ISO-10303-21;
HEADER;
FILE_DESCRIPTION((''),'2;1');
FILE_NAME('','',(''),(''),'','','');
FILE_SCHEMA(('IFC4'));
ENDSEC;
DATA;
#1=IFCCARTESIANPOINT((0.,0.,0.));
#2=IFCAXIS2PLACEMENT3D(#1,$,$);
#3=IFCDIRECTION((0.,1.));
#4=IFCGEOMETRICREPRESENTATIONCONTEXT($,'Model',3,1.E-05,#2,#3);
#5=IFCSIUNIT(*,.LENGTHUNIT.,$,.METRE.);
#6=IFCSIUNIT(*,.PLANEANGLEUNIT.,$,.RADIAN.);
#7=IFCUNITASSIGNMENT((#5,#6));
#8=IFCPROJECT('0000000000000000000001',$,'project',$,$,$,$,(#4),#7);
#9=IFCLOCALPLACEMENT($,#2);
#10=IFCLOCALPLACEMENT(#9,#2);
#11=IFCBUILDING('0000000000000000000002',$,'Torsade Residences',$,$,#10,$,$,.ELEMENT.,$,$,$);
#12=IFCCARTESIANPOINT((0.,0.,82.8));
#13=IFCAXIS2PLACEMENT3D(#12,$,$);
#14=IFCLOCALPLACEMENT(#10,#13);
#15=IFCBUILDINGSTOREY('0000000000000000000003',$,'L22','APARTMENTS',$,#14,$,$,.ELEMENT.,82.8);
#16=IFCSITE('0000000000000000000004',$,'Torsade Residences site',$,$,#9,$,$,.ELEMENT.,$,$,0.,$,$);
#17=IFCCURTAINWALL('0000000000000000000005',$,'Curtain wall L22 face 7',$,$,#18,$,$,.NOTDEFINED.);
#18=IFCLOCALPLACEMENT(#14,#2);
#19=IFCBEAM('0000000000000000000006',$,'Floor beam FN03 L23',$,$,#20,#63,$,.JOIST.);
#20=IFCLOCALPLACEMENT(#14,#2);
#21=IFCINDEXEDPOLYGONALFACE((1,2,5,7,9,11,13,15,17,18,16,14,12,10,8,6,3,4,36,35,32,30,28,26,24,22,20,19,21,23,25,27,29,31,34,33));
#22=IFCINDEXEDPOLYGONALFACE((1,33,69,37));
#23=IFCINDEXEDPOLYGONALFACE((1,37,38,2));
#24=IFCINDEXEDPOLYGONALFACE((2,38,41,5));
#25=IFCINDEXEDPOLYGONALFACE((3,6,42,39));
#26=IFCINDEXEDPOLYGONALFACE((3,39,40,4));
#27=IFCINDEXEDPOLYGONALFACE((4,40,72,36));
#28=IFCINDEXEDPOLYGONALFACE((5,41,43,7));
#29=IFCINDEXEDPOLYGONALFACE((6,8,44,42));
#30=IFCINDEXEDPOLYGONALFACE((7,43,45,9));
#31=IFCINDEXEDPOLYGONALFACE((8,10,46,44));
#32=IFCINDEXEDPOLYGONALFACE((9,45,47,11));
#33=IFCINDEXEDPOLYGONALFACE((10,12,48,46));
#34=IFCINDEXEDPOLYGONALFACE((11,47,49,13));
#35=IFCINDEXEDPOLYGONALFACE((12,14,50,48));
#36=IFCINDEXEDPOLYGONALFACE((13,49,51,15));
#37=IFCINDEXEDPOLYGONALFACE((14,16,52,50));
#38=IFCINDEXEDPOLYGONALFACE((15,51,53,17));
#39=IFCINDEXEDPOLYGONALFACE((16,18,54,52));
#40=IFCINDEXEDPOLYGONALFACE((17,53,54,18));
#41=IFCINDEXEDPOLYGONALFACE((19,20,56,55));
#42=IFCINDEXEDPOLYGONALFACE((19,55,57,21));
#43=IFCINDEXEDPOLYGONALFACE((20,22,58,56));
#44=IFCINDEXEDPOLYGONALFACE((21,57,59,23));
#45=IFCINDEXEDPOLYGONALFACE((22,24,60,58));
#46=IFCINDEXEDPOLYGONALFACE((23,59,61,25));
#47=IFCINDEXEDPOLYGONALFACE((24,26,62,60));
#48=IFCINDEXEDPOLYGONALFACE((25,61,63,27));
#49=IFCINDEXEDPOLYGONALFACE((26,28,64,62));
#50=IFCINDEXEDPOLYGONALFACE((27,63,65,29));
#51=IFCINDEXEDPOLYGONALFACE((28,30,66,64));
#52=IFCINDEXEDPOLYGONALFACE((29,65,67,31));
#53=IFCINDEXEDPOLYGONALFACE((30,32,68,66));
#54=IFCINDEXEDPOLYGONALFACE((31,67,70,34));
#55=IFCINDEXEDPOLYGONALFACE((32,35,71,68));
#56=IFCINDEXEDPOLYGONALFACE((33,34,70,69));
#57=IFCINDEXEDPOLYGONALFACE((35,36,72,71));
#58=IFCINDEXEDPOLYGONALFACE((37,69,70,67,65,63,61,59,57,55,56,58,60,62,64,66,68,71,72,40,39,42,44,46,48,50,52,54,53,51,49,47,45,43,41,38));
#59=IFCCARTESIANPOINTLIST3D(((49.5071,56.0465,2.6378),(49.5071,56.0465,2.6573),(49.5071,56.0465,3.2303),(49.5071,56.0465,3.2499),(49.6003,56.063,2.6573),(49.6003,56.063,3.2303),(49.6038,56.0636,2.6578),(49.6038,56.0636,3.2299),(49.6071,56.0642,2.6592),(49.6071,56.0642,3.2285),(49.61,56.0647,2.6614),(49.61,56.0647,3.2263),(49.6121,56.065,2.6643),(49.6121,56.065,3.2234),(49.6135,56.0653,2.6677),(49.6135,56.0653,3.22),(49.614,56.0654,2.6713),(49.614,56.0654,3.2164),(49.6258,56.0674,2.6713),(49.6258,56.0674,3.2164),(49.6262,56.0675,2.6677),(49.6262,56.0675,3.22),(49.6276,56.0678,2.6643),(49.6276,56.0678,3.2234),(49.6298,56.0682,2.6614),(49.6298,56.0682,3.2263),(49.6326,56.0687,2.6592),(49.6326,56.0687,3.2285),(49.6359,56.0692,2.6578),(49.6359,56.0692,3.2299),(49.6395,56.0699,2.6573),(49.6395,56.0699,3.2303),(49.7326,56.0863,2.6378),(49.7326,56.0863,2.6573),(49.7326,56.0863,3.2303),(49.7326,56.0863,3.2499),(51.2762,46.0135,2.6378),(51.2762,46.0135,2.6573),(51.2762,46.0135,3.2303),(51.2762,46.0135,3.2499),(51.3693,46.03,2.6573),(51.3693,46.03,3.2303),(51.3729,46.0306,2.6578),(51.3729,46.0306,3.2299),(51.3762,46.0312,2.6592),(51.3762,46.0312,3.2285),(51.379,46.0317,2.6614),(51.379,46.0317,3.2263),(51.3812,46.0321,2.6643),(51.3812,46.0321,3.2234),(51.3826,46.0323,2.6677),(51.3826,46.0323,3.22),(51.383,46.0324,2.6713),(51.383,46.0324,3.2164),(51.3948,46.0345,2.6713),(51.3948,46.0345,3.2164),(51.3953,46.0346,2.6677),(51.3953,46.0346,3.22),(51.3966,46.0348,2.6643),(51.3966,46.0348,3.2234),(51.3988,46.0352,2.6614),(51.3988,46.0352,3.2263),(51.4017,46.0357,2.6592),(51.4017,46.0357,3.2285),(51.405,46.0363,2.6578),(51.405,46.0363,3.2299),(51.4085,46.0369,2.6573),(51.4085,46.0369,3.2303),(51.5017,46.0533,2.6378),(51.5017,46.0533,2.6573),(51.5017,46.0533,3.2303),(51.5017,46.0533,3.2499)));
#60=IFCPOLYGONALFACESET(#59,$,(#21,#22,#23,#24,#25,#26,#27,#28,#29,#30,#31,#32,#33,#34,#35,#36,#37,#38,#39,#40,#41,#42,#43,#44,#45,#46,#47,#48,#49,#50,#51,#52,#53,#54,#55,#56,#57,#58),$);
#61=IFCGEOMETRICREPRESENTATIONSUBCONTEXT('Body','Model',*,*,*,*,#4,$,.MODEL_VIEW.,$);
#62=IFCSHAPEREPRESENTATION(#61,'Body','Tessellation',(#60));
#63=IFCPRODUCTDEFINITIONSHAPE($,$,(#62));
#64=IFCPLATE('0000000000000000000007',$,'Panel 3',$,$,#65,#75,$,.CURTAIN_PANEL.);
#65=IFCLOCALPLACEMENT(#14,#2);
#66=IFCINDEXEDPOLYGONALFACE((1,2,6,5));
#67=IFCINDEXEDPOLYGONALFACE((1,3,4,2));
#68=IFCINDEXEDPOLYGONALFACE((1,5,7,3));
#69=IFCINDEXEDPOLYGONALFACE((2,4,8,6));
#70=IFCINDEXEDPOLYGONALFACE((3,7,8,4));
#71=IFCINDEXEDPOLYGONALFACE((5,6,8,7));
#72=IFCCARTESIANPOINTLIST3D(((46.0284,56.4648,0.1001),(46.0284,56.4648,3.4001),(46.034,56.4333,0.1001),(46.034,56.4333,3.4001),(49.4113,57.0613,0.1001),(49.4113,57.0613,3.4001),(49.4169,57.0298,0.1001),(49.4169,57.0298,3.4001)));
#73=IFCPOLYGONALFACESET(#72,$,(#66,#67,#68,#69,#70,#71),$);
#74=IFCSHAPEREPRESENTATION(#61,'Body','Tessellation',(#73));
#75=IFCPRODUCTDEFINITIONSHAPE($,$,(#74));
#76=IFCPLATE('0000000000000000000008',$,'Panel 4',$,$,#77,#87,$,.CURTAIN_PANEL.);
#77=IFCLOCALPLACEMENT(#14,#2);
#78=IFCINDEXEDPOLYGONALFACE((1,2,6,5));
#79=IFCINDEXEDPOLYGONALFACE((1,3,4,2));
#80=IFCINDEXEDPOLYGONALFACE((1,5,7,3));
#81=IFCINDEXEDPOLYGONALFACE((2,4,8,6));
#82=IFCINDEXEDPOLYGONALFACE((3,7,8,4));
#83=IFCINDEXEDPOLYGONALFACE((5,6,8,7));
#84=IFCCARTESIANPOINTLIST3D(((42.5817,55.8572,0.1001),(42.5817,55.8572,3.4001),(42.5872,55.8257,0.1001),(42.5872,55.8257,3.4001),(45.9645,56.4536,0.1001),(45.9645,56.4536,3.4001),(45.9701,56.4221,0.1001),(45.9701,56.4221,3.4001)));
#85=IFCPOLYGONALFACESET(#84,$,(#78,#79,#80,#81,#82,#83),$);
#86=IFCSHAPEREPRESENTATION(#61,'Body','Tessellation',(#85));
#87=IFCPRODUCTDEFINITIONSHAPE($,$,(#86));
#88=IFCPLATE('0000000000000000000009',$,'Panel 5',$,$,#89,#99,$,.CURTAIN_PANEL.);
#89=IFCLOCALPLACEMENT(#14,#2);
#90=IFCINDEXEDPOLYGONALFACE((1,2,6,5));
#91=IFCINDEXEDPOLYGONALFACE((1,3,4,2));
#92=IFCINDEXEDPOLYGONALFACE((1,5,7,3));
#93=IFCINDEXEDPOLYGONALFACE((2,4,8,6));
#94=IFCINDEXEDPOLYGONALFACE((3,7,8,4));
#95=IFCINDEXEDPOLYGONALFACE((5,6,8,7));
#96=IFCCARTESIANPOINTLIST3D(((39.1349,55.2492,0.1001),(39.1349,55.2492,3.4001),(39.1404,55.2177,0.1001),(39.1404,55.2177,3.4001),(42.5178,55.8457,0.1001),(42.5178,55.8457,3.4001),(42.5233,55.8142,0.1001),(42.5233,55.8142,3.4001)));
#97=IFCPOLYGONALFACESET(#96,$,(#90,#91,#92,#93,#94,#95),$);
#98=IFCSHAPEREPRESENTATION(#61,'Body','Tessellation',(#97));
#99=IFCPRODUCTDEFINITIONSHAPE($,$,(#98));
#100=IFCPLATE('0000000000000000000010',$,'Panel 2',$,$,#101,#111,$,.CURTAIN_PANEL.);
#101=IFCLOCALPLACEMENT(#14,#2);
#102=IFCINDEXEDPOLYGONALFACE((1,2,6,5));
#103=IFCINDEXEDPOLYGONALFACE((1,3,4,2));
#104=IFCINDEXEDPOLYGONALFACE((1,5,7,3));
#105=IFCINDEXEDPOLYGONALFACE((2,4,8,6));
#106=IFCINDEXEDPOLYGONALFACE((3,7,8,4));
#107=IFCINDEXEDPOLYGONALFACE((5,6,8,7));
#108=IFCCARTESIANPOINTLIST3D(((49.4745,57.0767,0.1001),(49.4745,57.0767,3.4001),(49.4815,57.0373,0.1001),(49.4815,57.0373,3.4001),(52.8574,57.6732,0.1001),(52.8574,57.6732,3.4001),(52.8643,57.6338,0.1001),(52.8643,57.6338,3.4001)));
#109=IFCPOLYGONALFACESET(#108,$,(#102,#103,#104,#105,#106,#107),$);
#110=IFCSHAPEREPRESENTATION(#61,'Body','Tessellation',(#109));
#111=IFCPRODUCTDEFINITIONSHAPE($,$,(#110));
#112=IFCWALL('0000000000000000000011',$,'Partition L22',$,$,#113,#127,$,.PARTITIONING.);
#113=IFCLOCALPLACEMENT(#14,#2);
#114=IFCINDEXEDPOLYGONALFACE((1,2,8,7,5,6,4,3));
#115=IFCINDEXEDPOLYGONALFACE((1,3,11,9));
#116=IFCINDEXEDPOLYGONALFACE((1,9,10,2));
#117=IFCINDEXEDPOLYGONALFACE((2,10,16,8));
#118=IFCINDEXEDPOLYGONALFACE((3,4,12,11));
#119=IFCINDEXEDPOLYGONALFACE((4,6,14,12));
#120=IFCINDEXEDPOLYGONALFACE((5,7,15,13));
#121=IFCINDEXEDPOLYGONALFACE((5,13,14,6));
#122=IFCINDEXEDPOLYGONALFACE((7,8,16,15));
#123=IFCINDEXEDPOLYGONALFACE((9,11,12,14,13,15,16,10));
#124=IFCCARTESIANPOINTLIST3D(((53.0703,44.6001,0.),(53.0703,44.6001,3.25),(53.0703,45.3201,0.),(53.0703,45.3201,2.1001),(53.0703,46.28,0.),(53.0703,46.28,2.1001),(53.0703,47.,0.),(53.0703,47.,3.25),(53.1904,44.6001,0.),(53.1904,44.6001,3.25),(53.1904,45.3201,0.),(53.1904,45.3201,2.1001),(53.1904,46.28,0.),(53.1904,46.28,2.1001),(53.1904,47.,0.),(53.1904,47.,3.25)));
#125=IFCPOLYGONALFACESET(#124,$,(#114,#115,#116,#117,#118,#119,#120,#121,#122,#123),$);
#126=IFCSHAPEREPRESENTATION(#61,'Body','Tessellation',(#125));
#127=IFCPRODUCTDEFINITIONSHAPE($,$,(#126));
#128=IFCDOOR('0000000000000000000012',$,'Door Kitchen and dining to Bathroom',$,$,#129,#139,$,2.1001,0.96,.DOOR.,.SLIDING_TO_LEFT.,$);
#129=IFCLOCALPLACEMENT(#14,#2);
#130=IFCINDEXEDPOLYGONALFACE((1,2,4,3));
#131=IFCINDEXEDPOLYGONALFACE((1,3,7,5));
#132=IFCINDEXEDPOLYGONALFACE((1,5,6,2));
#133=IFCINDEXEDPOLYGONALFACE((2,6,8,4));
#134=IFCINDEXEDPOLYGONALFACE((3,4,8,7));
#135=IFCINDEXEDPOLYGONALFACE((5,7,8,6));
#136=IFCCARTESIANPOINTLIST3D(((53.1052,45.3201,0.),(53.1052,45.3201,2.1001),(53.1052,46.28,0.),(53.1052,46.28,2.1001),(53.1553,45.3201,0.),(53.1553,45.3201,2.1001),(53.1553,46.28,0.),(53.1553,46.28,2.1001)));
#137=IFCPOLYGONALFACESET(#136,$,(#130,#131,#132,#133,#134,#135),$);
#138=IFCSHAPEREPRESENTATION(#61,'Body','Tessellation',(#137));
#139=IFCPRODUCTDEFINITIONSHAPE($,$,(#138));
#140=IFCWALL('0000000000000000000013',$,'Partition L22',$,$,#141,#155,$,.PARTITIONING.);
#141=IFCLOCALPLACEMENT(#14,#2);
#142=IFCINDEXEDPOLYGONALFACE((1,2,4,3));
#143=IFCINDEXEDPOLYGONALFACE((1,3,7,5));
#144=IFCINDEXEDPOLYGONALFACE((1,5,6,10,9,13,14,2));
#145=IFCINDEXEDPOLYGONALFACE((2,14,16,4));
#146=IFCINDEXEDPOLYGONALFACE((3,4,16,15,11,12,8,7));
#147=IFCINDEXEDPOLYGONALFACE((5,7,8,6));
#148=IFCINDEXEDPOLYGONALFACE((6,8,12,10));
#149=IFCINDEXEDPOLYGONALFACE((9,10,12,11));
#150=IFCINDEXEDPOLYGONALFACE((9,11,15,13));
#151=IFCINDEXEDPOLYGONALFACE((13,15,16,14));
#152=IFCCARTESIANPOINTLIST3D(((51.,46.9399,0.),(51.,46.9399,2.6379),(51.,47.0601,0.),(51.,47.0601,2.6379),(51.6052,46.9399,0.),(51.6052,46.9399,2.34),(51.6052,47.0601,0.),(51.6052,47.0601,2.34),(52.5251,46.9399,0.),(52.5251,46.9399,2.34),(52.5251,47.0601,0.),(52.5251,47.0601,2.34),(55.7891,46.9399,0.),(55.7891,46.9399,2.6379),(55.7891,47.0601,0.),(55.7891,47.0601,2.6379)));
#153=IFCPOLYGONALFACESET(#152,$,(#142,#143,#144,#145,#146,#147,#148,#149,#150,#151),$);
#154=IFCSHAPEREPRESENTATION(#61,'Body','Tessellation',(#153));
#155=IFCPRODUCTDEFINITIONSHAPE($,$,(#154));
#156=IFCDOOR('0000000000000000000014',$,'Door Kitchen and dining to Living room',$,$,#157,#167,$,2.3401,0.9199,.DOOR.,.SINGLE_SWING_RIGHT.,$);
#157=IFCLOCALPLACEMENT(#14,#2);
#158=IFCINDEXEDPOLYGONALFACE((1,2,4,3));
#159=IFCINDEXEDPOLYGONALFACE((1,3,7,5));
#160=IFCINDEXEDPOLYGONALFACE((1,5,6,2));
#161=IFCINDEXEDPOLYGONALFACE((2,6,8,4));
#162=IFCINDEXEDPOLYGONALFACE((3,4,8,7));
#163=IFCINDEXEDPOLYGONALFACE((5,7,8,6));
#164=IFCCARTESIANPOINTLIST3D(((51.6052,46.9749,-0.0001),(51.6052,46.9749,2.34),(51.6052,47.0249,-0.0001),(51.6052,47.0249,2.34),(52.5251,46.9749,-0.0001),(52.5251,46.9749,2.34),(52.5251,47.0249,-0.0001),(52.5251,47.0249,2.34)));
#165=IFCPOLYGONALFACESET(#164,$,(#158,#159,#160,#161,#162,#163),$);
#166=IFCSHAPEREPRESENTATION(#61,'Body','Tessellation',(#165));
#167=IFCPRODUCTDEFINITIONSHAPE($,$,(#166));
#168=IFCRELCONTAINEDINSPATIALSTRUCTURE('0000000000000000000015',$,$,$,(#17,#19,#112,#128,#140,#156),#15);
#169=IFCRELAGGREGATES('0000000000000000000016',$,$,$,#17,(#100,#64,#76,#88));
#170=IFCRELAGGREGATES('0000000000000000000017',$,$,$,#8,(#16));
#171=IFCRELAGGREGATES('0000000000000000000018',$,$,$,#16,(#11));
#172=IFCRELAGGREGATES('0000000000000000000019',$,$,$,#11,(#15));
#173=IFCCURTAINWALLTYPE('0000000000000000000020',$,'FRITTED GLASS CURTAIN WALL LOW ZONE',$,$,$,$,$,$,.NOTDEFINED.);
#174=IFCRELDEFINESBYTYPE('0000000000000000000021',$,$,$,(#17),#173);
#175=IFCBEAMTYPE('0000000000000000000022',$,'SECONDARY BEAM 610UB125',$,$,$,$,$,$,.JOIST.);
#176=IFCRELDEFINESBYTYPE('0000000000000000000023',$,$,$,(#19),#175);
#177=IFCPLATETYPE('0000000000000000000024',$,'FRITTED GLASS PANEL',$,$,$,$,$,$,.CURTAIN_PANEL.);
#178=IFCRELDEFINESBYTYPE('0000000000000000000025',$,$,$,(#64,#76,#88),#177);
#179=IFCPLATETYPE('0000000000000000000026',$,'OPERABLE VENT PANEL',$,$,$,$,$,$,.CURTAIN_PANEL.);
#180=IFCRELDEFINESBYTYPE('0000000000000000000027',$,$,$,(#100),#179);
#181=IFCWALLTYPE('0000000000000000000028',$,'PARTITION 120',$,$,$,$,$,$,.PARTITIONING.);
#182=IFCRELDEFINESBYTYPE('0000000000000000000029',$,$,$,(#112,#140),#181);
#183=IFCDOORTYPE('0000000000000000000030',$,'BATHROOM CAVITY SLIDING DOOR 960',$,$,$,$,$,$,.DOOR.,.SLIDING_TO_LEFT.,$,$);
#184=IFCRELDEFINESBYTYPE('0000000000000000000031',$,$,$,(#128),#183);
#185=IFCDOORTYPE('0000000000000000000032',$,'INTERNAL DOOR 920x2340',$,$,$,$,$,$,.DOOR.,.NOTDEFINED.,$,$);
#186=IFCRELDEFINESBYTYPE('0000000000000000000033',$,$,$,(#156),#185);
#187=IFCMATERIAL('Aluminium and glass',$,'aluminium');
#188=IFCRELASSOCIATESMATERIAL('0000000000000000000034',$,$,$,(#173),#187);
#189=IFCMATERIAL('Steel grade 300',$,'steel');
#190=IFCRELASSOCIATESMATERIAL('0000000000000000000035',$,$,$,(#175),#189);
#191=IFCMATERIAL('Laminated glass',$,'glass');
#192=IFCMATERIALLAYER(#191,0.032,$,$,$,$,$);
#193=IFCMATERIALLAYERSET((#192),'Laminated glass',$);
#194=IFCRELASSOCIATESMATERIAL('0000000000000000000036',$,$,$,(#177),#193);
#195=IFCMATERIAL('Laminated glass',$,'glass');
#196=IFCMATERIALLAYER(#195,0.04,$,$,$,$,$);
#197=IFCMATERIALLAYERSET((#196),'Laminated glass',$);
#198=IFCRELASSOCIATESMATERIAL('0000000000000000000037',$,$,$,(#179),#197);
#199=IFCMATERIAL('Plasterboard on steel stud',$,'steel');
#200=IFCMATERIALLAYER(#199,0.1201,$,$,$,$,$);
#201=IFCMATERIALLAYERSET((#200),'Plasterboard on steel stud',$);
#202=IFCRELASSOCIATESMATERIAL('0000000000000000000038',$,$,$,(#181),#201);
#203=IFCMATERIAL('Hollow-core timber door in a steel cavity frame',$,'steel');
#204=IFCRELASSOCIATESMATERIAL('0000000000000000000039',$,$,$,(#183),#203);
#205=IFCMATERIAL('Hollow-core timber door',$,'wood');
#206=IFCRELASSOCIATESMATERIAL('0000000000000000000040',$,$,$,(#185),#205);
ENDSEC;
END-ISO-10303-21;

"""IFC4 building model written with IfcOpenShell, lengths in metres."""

from ifc_helpers import new_model, si_unit, direction, frame, frame_2d, origin, origin_2d, place, context, subcontext, project, spatial, rectangle, i_section, extrude, material, layer, layer_set, material_profile, profile_set, type_object, element, fill, aggregate, save


model = new_model("IFC4")

# Units and contexts
model_context = context("Model", 3, precision=1e-05, world=origin(), true_north=direction((0.0, 1.0)))
body_context = subcontext(model_context, "Body", "Model", "MODEL_VIEW")
ifc_project = project(units=[si_unit("LENGTHUNIT", "METRE"), si_unit("PLANEANGLEUNIT", "RADIAN")], contexts=[model_context])

# Site, building, storey
site_placement = place(None, origin())
site = spatial("IfcSite", under=ifc_project, at=site_placement, Name="Torsade Residences site", CompositionType="ELEMENT", RefElevation=0.0)
building_placement = place(site_placement, origin())
building = spatial("IfcBuilding", under=site, at=building_placement, Name="Torsade Residences", CompositionType="ELEMENT")
storey_placement = place(building_placement, frame((0.0, 0.0, 82.8)))
storey = spatial("IfcBuildingStorey", under=building, at=storey_placement, Name="L22", Description="APARTMENTS", CompositionType="ELEMENT", Elevation=82.8)

# Curtain wall
ifc_material_1 = material(Name="Aluminium and glass", Category="aluminium")
curtain_wall_type = type_object("IfcCurtainWallType", Name="FRITTED GLASS CURTAIN WALL LOW ZONE", PredefinedType="NOTDEFINED", material=ifc_material_1)
curtain_wall_placement = place(storey_placement, origin())
curtain_wall = element("IfcCurtainWall", 1, at=curtain_wall_placement, inside=storey, type_object=curtain_wall_type, Name="Curtain wall L22 face 7", PredefinedType="NOTDEFINED")

# Beam
ifc_material_2 = material(Name="Steel grade 300", Category="steel")
ifc_material_profile_1 = material_profile(ifc_material_2, i_section(OverallWidth=0.229, OverallDepth=0.6121, WebThickness=0.012, FlangeThickness=0.0195, FilletRadius=0.0139, at=origin_2d()), Name="610UB125")
ifc_profile_set_1 = profile_set([ifc_material_profile_1], Name="Steel grade 300")
beam_type_1 = type_object("IfcBeamType", Name="SECONDARY BEAM 610UB125", PredefinedType="JOIST", material=ifc_profile_set_1)
beam_1_placement = place(storey_placement, frame((49.6199, 56.0664, 2.9438), z_axis=(0.173645, -0.984808, 0.0), x_axis=(0.984808, 0.173645, 0.0)))
element("IfcBeam", 2, at=beam_1_placement, inside=storey, type_object=beam_type_1, Name="Floor beam FN03 L23", PredefinedType="JOIST", context=body_context, shape_type="SweptSolid", body=[
    extrude(i_section(OverallWidth=0.229, OverallDepth=0.6121, WebThickness=0.012, FlangeThickness=0.0195, FilletRadius=0.0139, at=origin_2d()), origin(), (0.0, 0.0, 1.0), 10.1877),
])

# Plates
ifc_material_3 = material(Name="Laminated glass", Category="glass")
ifc_layer_1 = layer(ifc_material_3, 0.032)
ifc_layer_set_1 = layer_set([ifc_layer_1], Name="Laminated glass")
plate_type_1 = type_object("IfcPlateType", Name="FRITTED GLASS PANEL", PredefinedType="CURTAIN_PANEL", material=ifc_layer_set_1)
plate_1_placement = place(storey_placement, frame((47.7227, 56.7473, 0.1001), z_axis=(0.0, 0.0, 1.0), x_axis=(-0.984808, -0.173648, 0.0)))
plate_1 = element("IfcPlate", 3, at=plate_1_placement, type_object=plate_type_1, Name="Panel 3", PredefinedType="CURTAIN_PANEL", context=body_context, shape_type="SweptSolid", body=[
    extrude(rectangle(XDim=3.4351, YDim=0.032, at=origin_2d()), origin(), (0.0, 0.0, 1.0), 3.3),
])
plate_2_placement = place(storey_placement, frame((44.2759, 56.1396, 0.1001), z_axis=(0.0, 0.0, 1.0), x_axis=(-0.984808, -0.173648, 0.0)))
plate_2 = element("IfcPlate", 4, at=plate_2_placement, type_object=plate_type_1, Name="Panel 4", PredefinedType="CURTAIN_PANEL", context=body_context, shape_type="SweptSolid", body=[
    extrude(rectangle(XDim=3.4351, YDim=0.032, at=origin_2d()), origin(), (0.0, 0.0, 1.0), 3.3),
])
plate_3_placement = place(storey_placement, frame((40.8291, 55.5317, 0.1001), z_axis=(0.0, 0.0, 1.0), x_axis=(-0.984808, -0.173648, 0.0)))
plate_3 = element("IfcPlate", 5, at=plate_3_placement, type_object=plate_type_1, Name="Panel 5", PredefinedType="CURTAIN_PANEL", context=body_context, shape_type="SweptSolid", body=[
    extrude(rectangle(XDim=3.4351, YDim=0.032, at=origin_2d()), origin(), (0.0, 0.0, 1.0), 3.3),
])
ifc_material_4 = material(Name="Laminated glass", Category="glass")
ifc_layer_2 = layer(ifc_material_4, 0.04)
ifc_layer_set_2 = layer_set([ifc_layer_2], Name="Laminated glass")
plate_type_2 = type_object("IfcPlateType", Name="OPERABLE VENT PANEL", PredefinedType="CURTAIN_PANEL", material=ifc_layer_set_2)
plate_4_placement = place(storey_placement, frame((51.1694, 57.3552, 0.1001), z_axis=(0.0, 0.0, 1.0), x_axis=(-0.984808, -0.173648, 0.0)))
plate_4 = element("IfcPlate", 6, at=plate_4_placement, type_object=plate_type_2, Name="Panel 2", PredefinedType="CURTAIN_PANEL", context=body_context, shape_type="SweptSolid", body=[
    extrude(rectangle(XDim=3.4351, YDim=0.04, at=origin_2d()), origin(), (0.0, 0.0, 1.0), 3.3),
])
aggregate(curtain_wall, [plate_4, plate_1, plate_2, plate_3])

# Walls, openings, doors
ifc_material_5 = material(Name="Plasterboard on steel stud", Category="steel")
ifc_layer_3 = layer(ifc_material_5, 0.1201)
ifc_layer_set_3 = layer_set([ifc_layer_3], Name="Plasterboard on steel stud")
wall_type_1 = type_object("IfcWallType", Name="PARTITION 120", PredefinedType="PARTITIONING", material=ifc_layer_set_3)
wall_1_placement = place(storey_placement, frame((53.1304, 47.0, 0.0), z_axis=(0.0, 0.0, 1.0), x_axis=(0.0, -1.0, 0.0)))
wall_1 = element("IfcWall", 7, at=wall_1_placement, inside=storey, type_object=wall_type_1, Name="Partition L22", PredefinedType="PARTITIONING", context=body_context, shape_type="SweptSolid", body=[
    extrude(rectangle(XDim=2.3999, YDim=0.1201, at=frame_2d((1.2, 0.0))), origin(), (0.0, 0.0, 1.0), 3.25),
])
opening_1_placement = place(wall_1_placement, frame((0.72, 0.0, 0.0)))
opening_1 = element("IfcOpeningElement", 8, at=opening_1_placement, cuts=wall_1, PredefinedType="OPENING", context=body_context, shape_type="SweptSolid", body=[
    extrude(rectangle(XDim=0.96, YDim=2.1001, at=frame_2d((0.48, 1.05))), frame((0.0, 0.0701, 0.0), z_axis=(0.0, -1.0, 0.0), x_axis=(1.0, 0.0, 0.0)), (0.0, 0.0, 1.0), 0.1401),
])
ifc_material_6 = material(Name="Hollow-core timber door in a steel cavity frame", Category="steel")
door_type_1 = type_object("IfcDoorType", Name="BATHROOM CAVITY SLIDING DOOR 960", OperationType="SLIDING_TO_LEFT", PredefinedType="DOOR", material=ifc_material_6)
door_1_placement = place(opening_1_placement, origin())
door_1 = element("IfcDoor", 9, at=door_1_placement, inside=storey, type_object=door_type_1, Name="Door Kitchen and dining to Bathroom", OperationType="SLIDING_TO_LEFT", OverallHeight=2.1001, OverallWidth=0.96, PredefinedType="DOOR", context=body_context, shape_type="SweptSolid", body=[
    extrude(rectangle(XDim=0.96, YDim=2.1001, at=frame_2d((0.48, 1.05))), frame((0.0, 0.0249, 0.0), z_axis=(0.0, -1.0, 0.0), x_axis=(1.0, 0.0, 0.0)), (0.0, 0.0, 1.0), 0.05),
])
fill(opening_1, door_1)
wall_2_placement = place(storey_placement, frame((51.0, 47.0, 0.0), z_axis=(0.0, 0.0, 1.0), x_axis=(1.0, 0.0, 0.0)))
wall_2 = element("IfcWall", 10, at=wall_2_placement, inside=storey, type_object=wall_type_1, Name="Partition L22", PredefinedType="PARTITIONING", context=body_context, shape_type="SweptSolid", body=[
    extrude(rectangle(XDim=4.7891, YDim=0.1201, at=frame_2d((2.3945, 0.0))), origin(), (0.0, 0.0, 1.0), 2.6379),
])
opening_2_placement = place(wall_2_placement, frame((0.6052, 0.0, 0.0)))
opening_2 = element("IfcOpeningElement", 11, at=opening_2_placement, cuts=wall_2, PredefinedType="OPENING", context=body_context, shape_type="SweptSolid", body=[
    extrude(rectangle(XDim=0.9199, YDim=2.3401, at=frame_2d((0.46, 1.1699))), frame((0.0, 0.0701, 0.0), z_axis=(0.0, -1.0, 0.0), x_axis=(1.0, 0.0, 0.0)), (0.0, 0.0, 1.0), 0.1401),
])
ifc_material_7 = material(Name="Hollow-core timber door", Category="wood")
door_type_2 = type_object("IfcDoorType", Name="INTERNAL DOOR 920x2340", OperationType="NOTDEFINED", PredefinedType="DOOR", material=ifc_material_7)
door_2_placement = place(opening_2_placement, origin())
door_2 = element("IfcDoor", 12, at=door_2_placement, inside=storey, type_object=door_type_2, Name="Door Kitchen and dining to Living room", OperationType="SINGLE_SWING_RIGHT", OverallHeight=2.3401, OverallWidth=0.9199, PredefinedType="DOOR", context=body_context, shape_type="SweptSolid", body=[
    extrude(rectangle(XDim=0.9199, YDim=2.3401, at=frame_2d((0.46, 1.1699))), frame((0.0, 0.0249, 0.0), z_axis=(0.0, -1.0, 0.0), x_axis=(1.0, 0.0, 0.0)), (0.0, 0.0, 1.0), 0.05),
])
fill(opening_2, door_2)

save(model, "model.ifc")
